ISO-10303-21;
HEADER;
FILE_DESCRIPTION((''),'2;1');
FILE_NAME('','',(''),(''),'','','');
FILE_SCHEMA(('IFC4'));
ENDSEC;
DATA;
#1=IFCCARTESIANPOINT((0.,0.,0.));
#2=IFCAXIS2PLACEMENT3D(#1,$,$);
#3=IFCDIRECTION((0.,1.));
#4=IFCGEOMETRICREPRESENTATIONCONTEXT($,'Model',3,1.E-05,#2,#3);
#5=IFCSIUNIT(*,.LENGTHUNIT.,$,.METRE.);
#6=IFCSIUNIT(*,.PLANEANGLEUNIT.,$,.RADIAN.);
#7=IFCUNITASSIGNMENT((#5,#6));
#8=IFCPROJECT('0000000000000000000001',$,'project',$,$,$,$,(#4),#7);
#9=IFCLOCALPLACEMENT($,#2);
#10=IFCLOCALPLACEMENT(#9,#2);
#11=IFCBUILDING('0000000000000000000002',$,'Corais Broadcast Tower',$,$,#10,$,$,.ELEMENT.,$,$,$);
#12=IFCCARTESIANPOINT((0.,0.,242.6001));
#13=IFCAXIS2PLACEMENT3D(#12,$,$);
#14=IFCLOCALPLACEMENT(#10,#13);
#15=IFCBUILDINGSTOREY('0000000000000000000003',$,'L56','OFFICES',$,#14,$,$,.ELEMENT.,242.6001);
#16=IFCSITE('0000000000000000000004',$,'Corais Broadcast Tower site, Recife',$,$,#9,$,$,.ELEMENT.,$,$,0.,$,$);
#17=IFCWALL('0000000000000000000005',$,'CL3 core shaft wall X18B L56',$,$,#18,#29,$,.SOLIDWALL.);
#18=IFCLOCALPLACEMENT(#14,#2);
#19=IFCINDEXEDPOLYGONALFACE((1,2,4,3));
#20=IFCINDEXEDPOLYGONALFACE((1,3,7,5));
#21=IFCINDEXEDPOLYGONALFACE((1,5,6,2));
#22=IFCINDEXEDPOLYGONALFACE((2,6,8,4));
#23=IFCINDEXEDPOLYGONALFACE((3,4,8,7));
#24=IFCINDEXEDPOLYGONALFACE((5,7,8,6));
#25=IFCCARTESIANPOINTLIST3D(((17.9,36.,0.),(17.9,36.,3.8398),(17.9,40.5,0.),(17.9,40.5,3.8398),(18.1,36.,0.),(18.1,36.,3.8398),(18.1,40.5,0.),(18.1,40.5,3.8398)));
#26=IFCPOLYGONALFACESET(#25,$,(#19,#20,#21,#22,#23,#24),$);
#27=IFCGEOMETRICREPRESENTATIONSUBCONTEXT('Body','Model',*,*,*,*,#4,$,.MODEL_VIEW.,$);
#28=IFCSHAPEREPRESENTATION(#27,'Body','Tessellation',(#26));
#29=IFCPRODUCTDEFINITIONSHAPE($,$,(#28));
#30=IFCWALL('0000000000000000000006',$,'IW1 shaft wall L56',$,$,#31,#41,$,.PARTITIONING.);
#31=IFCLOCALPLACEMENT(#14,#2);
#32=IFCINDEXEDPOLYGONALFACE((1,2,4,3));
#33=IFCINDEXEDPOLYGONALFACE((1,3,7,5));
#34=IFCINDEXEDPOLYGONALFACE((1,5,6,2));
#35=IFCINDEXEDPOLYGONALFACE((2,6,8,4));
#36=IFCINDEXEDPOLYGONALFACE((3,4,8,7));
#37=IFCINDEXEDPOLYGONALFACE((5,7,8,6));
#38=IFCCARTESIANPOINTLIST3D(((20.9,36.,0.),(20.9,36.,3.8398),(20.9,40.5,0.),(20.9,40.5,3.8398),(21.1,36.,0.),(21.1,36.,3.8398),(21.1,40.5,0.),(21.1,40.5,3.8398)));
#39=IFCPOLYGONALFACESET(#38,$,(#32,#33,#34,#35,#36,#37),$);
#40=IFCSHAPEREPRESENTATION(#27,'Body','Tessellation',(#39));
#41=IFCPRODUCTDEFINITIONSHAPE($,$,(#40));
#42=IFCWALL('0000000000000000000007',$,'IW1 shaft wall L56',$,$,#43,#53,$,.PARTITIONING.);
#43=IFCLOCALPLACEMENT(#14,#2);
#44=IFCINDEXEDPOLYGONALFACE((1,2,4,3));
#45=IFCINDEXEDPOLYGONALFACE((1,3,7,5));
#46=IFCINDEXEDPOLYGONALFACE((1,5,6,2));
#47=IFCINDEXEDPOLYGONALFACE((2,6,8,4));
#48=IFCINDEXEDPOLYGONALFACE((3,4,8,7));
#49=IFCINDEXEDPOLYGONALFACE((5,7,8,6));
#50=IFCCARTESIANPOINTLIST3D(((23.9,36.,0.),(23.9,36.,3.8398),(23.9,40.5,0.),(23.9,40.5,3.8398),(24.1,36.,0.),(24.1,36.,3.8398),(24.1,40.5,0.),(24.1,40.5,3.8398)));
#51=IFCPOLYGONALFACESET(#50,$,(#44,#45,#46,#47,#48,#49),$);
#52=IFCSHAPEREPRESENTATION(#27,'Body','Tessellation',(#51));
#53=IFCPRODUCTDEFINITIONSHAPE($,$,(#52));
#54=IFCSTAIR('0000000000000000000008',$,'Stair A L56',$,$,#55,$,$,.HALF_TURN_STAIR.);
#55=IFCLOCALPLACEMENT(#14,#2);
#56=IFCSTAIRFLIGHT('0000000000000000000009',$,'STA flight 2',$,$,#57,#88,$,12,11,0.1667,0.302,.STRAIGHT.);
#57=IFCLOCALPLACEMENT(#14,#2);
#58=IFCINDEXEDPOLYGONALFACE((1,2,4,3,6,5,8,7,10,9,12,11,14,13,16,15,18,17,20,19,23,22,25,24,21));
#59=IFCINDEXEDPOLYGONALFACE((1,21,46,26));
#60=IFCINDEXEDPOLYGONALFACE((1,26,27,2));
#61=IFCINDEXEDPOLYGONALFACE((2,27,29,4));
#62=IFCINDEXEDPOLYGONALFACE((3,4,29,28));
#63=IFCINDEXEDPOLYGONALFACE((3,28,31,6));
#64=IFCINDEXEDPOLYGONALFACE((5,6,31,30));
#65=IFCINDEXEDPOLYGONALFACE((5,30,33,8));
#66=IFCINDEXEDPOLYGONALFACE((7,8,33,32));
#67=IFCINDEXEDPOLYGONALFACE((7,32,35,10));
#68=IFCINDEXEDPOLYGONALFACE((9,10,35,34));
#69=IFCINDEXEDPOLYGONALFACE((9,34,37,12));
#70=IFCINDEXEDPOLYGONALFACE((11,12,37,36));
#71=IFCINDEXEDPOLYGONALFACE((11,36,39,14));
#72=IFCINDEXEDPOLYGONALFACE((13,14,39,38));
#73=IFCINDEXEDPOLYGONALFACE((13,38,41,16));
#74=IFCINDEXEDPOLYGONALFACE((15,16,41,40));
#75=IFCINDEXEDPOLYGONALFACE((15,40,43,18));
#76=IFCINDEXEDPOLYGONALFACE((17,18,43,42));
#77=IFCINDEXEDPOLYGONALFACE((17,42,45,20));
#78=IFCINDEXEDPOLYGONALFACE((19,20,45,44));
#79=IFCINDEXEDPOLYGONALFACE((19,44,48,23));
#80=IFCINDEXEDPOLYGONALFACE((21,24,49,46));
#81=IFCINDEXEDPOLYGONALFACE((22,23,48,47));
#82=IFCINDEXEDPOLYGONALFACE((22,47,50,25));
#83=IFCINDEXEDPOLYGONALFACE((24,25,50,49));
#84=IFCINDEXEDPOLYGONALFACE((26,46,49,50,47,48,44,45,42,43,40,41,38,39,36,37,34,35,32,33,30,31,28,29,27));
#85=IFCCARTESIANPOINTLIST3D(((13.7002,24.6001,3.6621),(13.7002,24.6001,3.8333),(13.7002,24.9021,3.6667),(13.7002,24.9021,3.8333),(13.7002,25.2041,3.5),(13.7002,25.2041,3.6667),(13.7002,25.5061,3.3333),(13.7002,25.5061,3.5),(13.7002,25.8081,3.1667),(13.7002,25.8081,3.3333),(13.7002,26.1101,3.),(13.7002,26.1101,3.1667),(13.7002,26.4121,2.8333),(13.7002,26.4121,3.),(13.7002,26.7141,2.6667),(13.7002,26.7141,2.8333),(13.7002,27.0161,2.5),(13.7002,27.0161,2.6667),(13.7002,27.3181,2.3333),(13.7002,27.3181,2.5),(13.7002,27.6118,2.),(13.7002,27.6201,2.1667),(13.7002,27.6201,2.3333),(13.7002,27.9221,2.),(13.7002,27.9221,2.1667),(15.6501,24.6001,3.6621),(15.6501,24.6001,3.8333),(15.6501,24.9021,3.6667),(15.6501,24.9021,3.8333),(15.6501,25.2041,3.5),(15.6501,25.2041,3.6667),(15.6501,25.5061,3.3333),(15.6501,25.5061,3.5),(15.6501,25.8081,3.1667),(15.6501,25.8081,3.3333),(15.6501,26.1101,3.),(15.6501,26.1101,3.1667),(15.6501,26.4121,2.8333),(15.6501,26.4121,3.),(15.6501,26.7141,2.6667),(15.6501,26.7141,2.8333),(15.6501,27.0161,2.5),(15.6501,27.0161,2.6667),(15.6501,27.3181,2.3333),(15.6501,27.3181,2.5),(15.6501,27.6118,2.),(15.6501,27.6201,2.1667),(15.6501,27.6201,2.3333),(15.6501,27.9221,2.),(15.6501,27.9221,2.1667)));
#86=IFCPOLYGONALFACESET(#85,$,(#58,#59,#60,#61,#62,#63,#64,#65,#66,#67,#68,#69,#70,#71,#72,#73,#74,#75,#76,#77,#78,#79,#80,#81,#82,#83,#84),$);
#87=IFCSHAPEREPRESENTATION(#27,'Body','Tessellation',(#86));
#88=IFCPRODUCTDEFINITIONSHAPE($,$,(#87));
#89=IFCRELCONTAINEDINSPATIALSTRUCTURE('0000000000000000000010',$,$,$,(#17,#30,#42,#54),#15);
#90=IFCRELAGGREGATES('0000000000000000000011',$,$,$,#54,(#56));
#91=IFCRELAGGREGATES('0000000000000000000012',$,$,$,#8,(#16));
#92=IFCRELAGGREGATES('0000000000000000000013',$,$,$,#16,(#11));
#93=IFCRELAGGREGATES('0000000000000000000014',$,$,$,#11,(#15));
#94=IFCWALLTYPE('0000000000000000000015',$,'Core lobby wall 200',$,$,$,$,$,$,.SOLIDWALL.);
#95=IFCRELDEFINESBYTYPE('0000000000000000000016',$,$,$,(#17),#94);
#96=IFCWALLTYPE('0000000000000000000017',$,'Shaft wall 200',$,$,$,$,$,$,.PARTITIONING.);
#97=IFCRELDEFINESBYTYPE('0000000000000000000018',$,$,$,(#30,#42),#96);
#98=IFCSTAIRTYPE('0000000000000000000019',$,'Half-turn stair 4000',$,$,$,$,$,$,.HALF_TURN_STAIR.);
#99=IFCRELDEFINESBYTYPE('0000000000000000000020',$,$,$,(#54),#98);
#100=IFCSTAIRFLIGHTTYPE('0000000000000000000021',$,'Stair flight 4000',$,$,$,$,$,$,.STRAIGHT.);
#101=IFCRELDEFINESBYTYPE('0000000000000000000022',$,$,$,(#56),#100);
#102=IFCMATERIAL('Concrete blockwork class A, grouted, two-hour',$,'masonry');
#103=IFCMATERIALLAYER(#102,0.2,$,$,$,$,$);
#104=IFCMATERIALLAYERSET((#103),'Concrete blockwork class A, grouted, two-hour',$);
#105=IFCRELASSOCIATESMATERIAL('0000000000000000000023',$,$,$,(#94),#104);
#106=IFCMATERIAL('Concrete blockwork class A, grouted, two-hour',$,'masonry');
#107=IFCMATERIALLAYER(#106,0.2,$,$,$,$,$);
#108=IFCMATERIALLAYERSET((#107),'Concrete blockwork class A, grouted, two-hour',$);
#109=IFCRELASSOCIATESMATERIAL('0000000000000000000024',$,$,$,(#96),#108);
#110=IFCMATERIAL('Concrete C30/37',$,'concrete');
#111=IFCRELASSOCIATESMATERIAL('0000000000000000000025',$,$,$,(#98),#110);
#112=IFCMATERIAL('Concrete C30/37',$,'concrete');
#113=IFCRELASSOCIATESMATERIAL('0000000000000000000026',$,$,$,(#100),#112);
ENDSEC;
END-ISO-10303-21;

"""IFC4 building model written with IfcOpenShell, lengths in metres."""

from ifc_helpers import new_model, si_unit, direction, frame, frame_2d, origin, place, context, subcontext, project, spatial, polyline, rectangle, outline, extrude, material, layer, layer_set, type_object, element, aggregate, save


model = new_model("IFC4")

# Units and contexts
model_context = context("Model", 3, precision=1e-05, world=origin(), true_north=direction((0.0, 1.0)))
body_context = subcontext(model_context, "Body", "Model", "MODEL_VIEW")
ifc_project = project(units=[si_unit("LENGTHUNIT", "METRE"), si_unit("PLANEANGLEUNIT", "RADIAN")], contexts=[model_context])

# Site, building, storey
site_placement = place(None, origin())
site = spatial("IfcSite", under=ifc_project, at=site_placement, Name="Corais Broadcast Tower site, Recife", CompositionType="ELEMENT", RefElevation=0.0)
building_placement = place(site_placement, origin())
building = spatial("IfcBuilding", under=site, at=building_placement, Name="Corais Broadcast Tower", CompositionType="ELEMENT")
storey_placement = place(building_placement, frame((0.0, 0.0, 242.6001)))
storey = spatial("IfcBuildingStorey", under=building, at=storey_placement, Name="L56", Description="OFFICES", CompositionType="ELEMENT", Elevation=242.6001)

# Walls
ifc_material_1 = material(Name="Concrete blockwork class A, grouted, two-hour", Category="masonry")
ifc_layer_1 = layer(ifc_material_1, 0.2)
ifc_layer_set_1 = layer_set([ifc_layer_1], Name="Concrete blockwork class A, grouted, two-hour")
wall_type_1 = type_object("IfcWallType", Name="Core lobby wall 200", PredefinedType="SOLIDWALL", material=ifc_layer_set_1)
wall_placement = place(storey_placement, frame((18.0, 36.0, 0.0), z_axis=(0.0, 0.0, 1.0), x_axis=(0.0, 1.0, 0.0)))
element("IfcWall", 1, at=wall_placement, inside=storey, type_object=wall_type_1, Name="CL3 core shaft wall X18B L56", PredefinedType="SOLIDWALL", context=body_context, shape_type="SweptSolid", body=[
    extrude(rectangle(XDim=4.5, YDim=0.2, at=frame_2d((2.25, 0.0))), origin(), (0.0, 0.0, 1.0), 3.8398),
])
ifc_material_2 = material(Name="Concrete blockwork class A, grouted, two-hour", Category="masonry")
ifc_layer_2 = layer(ifc_material_2, 0.2)
ifc_layer_set_2 = layer_set([ifc_layer_2], Name="Concrete blockwork class A, grouted, two-hour")
wall_type_2 = type_object("IfcWallType", Name="Shaft wall 200", PredefinedType="PARTITIONING", material=ifc_layer_set_2)
for number, where, z_axis, x_axis, name in (
    (2, (21.0, 36.0, 0.0), (0.0, 0.0, 1.0), (0.0, 1.0, 0.0), "IW1 shaft wall L56"),
    (3, (24.0, 36.0, 0.0), (0.0, 0.0, 1.0), (0.0, 1.0, 0.0), "IW1 shaft wall L56"),
):
    element("IfcWall", number, at=place(storey_placement, frame(where, z_axis=z_axis, x_axis=x_axis)), inside=storey, type_object=wall_type_2, Name=name, PredefinedType="PARTITIONING", context=body_context, shape_type="SweptSolid", body=[
        extrude(rectangle(XDim=4.5, YDim=0.2, at=frame_2d((2.25, 0.0))), origin(), (0.0, 0.0, 1.0), 3.8398),
    ])

# Stair, stair flight
ifc_material_3 = material(Name="Concrete C30/37", Category="concrete")
stair_type = type_object("IfcStairType", Name="Half-turn stair 4000", PredefinedType="HALF_TURN_STAIR", material=ifc_material_3)
stair_placement = place(storey_placement, origin())
stair = element("IfcStair", 4, at=stair_placement, inside=storey, type_object=stair_type, Name="Stair A L56", PredefinedType="HALF_TURN_STAIR")
ifc_material_4 = material(Name="Concrete C30/37", Category="concrete")
stair_flight_type = type_object("IfcStairFlightType", Name="Stair flight 4000", PredefinedType="STRAIGHT", material=ifc_material_4)
stair_flight_placement = place(storey_placement, frame((14.675, 27.9221, 2.0), z_axis=(0.0, 0.0, 1.0), x_axis=(0.0, -1.0, 0.0)))
stair_flight = element("IfcStairFlight", 5, at=stair_flight_placement, type_object=stair_flight_type, Name="STA flight 2", NumberOfRisers=12, NumberOfTreads=11, PredefinedType="STRAIGHT", RiserHeight=0.1667, TreadLength=0.302, context=body_context, shape_type="SweptSolid", body=[
    extrude(outline(polyline([(0.0, 0.0), (0.0, 0.1667), (0.302, 0.1667), (0.302, 0.3333), (0.604, 0.3333), (0.604, 0.5), (0.906, 0.5), (0.906, 0.6667), (1.208, 0.6667), (1.208, 0.8333), (1.51, 0.8333), (1.51, 1.0), (1.812, 1.0), (1.812, 1.1667), (2.114, 1.1667), (2.114, 1.3333), (2.416, 1.3333), (2.416, 1.5), (2.718, 1.5), (2.718, 1.6667), (3.02, 1.6667), (3.02, 1.8333), (3.322, 1.8333), (3.322, 2.0), (3.322, 1.6621), (0.3103, 0.0), (0.0, 0.0)])), frame((0.0, 0.9751, 0.0), z_axis=(0.0, -1.0, 0.0), x_axis=(1.0, 0.0, 0.0)), (0.0, 0.0, 1.0), 1.95),
])
aggregate(stair, [stair_flight])

save(model, "model.ifc")
